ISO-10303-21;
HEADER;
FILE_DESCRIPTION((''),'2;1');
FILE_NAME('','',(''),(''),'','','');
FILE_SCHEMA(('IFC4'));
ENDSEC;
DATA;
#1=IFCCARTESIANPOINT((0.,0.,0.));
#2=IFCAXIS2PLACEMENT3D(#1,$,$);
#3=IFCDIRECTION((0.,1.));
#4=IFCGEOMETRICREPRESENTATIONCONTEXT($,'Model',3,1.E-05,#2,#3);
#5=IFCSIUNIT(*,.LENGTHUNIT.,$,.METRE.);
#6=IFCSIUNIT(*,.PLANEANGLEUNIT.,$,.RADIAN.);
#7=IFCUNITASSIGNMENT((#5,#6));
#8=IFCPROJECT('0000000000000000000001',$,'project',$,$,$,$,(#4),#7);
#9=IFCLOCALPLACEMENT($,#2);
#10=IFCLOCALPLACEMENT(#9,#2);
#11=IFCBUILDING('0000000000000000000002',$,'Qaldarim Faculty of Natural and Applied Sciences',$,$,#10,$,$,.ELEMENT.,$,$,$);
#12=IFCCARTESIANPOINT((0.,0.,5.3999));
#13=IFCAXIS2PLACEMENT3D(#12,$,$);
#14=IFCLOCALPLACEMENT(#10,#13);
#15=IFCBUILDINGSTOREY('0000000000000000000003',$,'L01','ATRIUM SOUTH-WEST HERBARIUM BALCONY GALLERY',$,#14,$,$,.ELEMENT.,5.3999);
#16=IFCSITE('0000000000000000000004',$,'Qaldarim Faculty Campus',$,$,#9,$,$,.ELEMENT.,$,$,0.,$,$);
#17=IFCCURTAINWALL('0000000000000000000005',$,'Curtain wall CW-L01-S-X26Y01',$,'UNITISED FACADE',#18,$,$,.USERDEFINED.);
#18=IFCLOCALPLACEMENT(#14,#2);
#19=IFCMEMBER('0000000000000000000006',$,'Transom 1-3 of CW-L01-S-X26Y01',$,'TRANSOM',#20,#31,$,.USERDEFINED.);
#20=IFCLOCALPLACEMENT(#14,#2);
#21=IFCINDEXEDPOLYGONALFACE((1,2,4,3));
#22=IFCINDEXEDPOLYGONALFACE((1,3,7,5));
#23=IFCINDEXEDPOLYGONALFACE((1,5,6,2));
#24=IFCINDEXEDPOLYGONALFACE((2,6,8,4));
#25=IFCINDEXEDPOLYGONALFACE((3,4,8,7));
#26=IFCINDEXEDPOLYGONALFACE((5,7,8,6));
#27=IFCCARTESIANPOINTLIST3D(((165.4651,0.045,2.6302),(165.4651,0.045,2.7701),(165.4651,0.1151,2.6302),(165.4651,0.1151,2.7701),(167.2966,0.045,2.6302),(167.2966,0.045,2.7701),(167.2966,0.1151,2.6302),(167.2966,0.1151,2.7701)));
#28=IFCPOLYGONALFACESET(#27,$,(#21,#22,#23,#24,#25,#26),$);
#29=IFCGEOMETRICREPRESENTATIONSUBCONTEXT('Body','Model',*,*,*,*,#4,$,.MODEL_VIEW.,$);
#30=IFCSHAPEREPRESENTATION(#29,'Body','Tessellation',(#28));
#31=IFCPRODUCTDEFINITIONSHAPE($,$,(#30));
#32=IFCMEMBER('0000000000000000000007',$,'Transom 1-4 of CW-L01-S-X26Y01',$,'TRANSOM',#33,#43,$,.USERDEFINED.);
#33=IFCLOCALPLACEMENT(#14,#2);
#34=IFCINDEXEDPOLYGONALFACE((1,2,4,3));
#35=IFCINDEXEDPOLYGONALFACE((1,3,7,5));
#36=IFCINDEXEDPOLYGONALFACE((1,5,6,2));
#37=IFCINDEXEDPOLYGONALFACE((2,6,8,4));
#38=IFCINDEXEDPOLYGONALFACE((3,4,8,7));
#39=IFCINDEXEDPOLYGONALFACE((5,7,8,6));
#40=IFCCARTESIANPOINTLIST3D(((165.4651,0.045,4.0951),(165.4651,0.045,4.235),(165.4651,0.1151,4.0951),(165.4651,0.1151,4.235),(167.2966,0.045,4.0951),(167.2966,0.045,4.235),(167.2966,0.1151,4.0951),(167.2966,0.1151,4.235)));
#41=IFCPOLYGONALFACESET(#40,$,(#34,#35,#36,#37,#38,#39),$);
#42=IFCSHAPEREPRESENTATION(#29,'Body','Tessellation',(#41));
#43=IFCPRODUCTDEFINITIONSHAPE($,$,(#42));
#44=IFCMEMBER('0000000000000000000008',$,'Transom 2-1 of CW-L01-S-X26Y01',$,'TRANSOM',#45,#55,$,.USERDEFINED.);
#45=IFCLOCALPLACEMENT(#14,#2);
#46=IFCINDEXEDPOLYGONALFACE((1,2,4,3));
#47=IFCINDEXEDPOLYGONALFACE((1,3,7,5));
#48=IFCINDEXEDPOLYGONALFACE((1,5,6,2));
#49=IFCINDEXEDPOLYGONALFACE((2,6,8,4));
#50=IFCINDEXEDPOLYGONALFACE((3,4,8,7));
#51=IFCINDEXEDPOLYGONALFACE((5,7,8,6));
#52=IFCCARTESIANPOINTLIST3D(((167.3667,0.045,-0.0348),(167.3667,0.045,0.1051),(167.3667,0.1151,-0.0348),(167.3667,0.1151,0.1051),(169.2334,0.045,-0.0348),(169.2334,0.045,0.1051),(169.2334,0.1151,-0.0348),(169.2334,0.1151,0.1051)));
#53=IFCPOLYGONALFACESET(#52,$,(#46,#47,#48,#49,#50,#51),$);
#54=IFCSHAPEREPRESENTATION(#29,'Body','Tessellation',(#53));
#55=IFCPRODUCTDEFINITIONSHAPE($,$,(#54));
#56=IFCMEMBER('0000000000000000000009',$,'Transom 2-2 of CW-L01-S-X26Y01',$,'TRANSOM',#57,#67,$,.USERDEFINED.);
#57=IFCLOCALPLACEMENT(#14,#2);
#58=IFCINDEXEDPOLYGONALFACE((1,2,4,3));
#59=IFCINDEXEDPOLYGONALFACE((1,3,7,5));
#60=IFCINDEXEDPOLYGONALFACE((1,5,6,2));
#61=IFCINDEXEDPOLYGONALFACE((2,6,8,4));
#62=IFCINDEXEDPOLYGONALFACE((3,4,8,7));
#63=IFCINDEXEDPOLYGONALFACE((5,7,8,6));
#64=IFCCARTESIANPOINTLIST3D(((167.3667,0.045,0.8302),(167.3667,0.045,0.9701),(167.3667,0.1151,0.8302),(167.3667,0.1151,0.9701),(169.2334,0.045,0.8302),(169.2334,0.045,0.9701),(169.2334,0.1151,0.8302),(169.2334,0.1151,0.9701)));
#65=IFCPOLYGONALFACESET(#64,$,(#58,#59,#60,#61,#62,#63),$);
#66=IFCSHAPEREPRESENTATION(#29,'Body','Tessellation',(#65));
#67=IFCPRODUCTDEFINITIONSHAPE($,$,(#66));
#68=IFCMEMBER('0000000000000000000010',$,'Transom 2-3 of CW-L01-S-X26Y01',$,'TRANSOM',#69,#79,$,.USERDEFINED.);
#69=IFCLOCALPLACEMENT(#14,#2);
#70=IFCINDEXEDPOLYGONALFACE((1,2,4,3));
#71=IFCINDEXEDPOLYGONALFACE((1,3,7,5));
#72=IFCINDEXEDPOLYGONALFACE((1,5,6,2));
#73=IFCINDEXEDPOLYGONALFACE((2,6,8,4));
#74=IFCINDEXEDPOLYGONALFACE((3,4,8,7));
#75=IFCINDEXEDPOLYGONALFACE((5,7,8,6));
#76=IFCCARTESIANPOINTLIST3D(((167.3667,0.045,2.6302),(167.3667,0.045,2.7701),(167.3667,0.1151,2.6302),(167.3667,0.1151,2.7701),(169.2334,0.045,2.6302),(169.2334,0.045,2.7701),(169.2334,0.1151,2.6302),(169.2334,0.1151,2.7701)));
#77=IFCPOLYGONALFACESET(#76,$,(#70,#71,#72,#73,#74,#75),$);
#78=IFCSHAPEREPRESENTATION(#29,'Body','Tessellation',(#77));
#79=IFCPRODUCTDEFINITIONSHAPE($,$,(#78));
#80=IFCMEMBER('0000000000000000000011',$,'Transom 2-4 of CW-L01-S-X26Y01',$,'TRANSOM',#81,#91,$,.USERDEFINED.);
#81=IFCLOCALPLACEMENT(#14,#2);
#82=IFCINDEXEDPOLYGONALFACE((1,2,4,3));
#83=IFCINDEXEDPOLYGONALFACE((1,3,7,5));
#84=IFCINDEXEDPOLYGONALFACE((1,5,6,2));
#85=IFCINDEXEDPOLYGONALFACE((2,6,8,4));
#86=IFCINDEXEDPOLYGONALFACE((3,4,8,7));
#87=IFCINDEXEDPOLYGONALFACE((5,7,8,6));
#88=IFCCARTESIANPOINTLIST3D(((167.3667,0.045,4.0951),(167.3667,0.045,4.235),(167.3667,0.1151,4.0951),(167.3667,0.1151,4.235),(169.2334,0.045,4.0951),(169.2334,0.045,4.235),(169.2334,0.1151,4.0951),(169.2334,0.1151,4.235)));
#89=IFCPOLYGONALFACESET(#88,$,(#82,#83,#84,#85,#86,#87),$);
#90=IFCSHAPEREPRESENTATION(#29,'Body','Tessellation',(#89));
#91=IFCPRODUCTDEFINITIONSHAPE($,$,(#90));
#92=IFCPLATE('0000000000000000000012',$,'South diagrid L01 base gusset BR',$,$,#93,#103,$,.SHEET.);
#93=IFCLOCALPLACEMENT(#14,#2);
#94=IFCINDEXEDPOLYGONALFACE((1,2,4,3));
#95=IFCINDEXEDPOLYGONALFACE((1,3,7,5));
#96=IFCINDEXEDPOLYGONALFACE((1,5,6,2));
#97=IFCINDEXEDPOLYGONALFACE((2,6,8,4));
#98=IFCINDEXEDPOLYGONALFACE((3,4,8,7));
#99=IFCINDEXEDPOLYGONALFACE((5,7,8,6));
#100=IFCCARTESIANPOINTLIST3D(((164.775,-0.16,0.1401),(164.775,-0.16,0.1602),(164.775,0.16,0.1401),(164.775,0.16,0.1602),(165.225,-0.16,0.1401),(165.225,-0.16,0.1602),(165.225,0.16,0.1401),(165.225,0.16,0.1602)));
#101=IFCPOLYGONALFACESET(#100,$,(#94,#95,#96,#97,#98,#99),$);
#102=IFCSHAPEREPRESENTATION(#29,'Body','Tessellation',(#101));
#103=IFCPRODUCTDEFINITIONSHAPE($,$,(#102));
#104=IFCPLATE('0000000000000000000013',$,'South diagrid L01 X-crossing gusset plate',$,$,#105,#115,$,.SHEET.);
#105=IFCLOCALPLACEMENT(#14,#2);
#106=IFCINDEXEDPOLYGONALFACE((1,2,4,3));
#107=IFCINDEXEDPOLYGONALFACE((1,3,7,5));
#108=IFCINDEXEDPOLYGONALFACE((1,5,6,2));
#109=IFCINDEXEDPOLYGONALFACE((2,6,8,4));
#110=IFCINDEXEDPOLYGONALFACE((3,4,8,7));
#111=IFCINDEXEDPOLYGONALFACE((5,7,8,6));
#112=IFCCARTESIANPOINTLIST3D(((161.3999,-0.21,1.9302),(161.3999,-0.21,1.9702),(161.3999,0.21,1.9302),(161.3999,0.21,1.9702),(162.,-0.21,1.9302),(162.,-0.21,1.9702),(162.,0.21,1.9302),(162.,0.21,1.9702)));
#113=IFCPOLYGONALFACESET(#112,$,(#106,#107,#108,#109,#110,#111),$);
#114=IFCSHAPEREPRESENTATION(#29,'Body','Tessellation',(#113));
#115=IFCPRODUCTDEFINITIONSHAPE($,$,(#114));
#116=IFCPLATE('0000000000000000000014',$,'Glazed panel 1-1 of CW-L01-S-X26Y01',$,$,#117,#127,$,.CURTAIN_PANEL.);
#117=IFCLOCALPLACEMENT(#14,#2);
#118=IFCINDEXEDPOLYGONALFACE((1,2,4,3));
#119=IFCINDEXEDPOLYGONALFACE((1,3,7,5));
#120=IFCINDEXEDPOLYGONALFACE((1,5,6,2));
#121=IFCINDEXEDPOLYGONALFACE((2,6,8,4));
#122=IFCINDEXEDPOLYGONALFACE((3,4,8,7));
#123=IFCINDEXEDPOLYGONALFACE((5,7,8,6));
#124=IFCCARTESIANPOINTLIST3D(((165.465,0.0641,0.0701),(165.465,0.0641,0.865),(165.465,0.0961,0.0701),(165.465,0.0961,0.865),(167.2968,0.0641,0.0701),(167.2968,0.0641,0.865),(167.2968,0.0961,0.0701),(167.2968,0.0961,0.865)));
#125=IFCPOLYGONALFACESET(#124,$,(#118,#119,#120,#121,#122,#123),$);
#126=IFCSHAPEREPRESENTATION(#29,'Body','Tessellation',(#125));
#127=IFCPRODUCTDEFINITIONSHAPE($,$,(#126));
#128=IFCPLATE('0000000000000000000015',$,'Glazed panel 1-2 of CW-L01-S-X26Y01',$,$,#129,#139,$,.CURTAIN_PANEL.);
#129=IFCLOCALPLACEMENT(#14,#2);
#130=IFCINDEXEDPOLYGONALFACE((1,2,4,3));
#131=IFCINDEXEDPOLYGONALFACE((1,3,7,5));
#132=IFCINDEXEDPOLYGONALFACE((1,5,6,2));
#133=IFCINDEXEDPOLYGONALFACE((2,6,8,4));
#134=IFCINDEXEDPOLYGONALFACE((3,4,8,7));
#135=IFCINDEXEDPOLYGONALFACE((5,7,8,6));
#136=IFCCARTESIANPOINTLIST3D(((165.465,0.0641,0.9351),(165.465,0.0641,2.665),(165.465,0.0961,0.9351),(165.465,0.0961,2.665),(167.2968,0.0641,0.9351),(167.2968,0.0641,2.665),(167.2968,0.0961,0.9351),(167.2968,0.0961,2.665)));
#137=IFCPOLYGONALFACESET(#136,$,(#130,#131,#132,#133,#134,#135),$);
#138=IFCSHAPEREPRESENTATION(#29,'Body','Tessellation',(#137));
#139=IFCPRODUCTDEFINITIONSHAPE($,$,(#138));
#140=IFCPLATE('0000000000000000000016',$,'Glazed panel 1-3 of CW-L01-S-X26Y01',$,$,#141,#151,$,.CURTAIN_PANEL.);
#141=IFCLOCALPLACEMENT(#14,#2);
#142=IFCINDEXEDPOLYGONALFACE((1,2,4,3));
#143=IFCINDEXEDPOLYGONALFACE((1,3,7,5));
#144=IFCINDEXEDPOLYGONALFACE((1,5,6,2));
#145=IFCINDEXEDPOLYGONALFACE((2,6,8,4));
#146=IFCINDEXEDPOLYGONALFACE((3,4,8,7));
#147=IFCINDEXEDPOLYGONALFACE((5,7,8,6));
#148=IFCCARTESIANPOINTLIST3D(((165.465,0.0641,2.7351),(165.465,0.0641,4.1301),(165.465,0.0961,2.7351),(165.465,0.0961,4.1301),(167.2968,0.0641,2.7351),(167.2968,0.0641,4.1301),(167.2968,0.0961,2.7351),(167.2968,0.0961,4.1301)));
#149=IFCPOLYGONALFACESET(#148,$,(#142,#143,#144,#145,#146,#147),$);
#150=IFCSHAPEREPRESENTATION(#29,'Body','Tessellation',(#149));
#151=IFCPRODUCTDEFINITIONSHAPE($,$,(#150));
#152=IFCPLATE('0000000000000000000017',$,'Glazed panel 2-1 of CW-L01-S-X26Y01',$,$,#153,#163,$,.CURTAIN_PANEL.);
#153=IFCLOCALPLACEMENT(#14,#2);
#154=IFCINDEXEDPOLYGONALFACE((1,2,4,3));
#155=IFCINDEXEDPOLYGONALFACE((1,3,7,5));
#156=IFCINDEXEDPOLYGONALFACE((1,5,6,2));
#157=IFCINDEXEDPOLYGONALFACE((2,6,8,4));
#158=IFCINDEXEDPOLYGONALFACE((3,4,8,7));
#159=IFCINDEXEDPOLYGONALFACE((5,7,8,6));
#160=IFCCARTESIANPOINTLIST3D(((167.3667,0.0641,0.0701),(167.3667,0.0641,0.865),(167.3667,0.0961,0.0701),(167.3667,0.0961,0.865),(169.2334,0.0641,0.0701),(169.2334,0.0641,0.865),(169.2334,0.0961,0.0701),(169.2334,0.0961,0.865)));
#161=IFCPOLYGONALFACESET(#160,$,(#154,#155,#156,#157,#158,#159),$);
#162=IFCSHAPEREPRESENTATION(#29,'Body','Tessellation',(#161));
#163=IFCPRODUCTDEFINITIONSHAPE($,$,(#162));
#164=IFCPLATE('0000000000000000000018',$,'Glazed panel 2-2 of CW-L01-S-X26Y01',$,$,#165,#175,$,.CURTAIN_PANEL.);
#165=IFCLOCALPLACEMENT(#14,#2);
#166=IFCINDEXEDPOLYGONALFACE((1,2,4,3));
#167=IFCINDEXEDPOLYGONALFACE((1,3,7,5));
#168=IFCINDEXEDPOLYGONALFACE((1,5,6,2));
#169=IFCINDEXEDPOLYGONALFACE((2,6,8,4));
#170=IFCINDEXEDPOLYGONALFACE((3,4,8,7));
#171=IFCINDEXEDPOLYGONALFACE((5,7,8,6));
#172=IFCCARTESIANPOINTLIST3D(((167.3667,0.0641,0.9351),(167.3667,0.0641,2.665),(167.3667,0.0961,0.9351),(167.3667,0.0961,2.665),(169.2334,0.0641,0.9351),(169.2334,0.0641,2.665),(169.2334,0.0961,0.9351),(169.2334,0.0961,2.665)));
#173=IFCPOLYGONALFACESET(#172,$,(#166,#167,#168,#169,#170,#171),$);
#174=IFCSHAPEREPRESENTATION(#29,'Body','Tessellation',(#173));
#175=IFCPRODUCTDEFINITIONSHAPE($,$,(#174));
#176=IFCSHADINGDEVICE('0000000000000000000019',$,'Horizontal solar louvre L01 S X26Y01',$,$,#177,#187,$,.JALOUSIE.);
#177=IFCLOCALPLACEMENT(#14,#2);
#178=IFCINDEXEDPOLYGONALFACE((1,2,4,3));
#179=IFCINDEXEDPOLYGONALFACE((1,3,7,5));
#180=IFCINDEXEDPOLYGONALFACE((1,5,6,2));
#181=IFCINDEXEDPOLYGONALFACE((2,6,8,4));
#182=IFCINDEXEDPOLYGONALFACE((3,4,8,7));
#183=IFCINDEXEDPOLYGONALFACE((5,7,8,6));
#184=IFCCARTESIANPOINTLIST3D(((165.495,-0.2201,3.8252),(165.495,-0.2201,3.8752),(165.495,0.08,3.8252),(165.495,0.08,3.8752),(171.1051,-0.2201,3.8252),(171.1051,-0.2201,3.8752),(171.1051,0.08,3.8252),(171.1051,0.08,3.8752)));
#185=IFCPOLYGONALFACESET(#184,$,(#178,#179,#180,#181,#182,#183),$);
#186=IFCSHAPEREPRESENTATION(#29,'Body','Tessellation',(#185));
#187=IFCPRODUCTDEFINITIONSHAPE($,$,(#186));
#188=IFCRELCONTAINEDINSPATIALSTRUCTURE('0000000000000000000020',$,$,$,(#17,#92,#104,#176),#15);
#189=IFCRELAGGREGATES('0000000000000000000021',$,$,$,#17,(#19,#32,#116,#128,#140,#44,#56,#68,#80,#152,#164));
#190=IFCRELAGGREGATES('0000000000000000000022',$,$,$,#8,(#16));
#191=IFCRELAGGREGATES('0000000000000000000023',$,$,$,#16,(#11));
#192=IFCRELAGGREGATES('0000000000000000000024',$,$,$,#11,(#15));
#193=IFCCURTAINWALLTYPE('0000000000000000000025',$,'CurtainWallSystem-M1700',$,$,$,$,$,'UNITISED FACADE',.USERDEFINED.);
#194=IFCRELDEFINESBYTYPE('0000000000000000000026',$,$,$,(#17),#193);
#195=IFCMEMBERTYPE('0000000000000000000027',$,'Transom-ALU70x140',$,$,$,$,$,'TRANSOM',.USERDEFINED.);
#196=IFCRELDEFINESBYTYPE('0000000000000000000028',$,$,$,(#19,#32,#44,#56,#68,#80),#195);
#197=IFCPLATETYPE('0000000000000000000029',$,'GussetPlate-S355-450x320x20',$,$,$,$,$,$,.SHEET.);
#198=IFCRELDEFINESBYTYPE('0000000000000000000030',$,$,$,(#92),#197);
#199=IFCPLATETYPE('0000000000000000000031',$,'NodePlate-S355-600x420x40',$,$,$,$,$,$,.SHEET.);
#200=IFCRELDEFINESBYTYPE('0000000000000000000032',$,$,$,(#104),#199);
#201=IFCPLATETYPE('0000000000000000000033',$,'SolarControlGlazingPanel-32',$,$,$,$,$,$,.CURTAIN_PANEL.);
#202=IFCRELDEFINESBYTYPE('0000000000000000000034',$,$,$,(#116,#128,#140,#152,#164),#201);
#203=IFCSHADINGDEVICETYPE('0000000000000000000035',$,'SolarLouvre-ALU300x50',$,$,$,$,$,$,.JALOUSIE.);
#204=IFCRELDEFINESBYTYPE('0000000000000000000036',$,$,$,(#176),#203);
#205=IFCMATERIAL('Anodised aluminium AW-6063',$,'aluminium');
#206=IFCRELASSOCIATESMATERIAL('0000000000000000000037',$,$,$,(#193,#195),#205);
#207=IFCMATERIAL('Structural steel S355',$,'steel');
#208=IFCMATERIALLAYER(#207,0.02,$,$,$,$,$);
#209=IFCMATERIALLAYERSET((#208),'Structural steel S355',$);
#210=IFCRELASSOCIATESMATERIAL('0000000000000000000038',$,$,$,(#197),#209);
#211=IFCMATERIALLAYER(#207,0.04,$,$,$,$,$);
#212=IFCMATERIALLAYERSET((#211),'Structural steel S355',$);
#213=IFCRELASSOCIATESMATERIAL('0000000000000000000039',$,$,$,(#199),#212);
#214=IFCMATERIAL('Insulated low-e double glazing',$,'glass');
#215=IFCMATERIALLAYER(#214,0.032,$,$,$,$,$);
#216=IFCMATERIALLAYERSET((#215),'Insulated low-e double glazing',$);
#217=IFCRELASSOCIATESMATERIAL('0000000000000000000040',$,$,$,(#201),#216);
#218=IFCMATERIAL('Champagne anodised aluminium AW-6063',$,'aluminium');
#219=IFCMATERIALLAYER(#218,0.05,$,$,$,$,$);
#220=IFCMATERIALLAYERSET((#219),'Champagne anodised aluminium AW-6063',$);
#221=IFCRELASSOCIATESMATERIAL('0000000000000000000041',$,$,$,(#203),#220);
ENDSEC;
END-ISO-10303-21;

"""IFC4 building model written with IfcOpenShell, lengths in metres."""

from ifc_helpers import new_model, si_unit, direction, frame, origin, origin_2d, place, context, subcontext, project, spatial, rectangle, extrude, material, layer, layer_set, material_profile, profile_set, type_object, element, aggregate, save


model = new_model("IFC4")

# Units and contexts
model_context = context("Model", 3, precision=1e-05, world=origin(), true_north=direction((0.0, 1.0)))
body_context = subcontext(model_context, "Body", "Model", "MODEL_VIEW")
ifc_project = project(units=[si_unit("LENGTHUNIT", "METRE"), si_unit("PLANEANGLEUNIT", "RADIAN")], contexts=[model_context])

# Site, building, storey
site_placement = place(None, origin())
site = spatial("IfcSite", under=ifc_project, at=site_placement, Name="Qaldarim Faculty Campus", CompositionType="ELEMENT", RefElevation=0.0)
building_placement = place(site_placement, origin())
building = spatial("IfcBuilding", under=site, at=building_placement, Name="Qaldarim Faculty of Natural and Applied Sciences", CompositionType="ELEMENT")
storey_placement = place(building_placement, frame((0.0, 0.0, 5.3999)))
storey = spatial("IfcBuildingStorey", under=building, at=storey_placement, Name="L01", Description="ATRIUM SOUTH-WEST HERBARIUM BALCONY GALLERY", CompositionType="ELEMENT", Elevation=5.3999)

# Shared definitions
ifc_material_1 = material(Name="Structural steel S355", Category="steel")

# Curtain wall
ifc_material_2 = material(Name="Anodised aluminium AW-6063", Category="aluminium")
curtain_wall_type = type_object("IfcCurtainWallType", Name="CurtainWallSystem-M1700", ElementType="UNITISED FACADE", PredefinedType="USERDEFINED", material=ifc_material_2)
curtain_wall_placement = place(storey_placement, origin())
curtain_wall = element("IfcCurtainWall", 1, at=curtain_wall_placement, inside=storey, type_object=curtain_wall_type, Name="Curtain wall CW-L01-S-X26Y01", ObjectType="UNITISED FACADE", PredefinedType="USERDEFINED")

# Members
ifc_material_profile_1 = material_profile(ifc_material_2, rectangle(XDim=0.0701, YDim=0.1399, at=origin_2d()), Name="ALU-T70x140")
ifc_profile_set_1 = profile_set([ifc_material_profile_1], Name="Anodised aluminium AW-6063")
member_type_1 = type_object("IfcMemberType", Name="Transom-ALU70x140", ElementType="TRANSOM", PredefinedType="USERDEFINED", material=ifc_profile_set_1)
member_1_placement = place(storey_placement, frame((165.4651, 0.0801, 2.7002), z_axis=(1.0, 0.0, 0.0), x_axis=(0.0, 1.0, 0.0)))
member_1 = element("IfcMember", 2, at=member_1_placement, type_object=member_type_1, Name="Transom 1-3 of CW-L01-S-X26Y01", ObjectType="TRANSOM", PredefinedType="USERDEFINED", context=body_context, shape_type="SweptSolid", body=[
    extrude(rectangle(XDim=0.0701, YDim=0.1399, at=origin_2d()), origin(), (0.0, 0.0, 1.0), 1.8315),
])
member_2_placement = place(storey_placement, frame((165.4651, 0.0801, 4.165), z_axis=(1.0, 0.0, 0.0), x_axis=(0.0, 1.0, 0.0)))
member_2 = element("IfcMember", 3, at=member_2_placement, type_object=member_type_1, Name="Transom 1-4 of CW-L01-S-X26Y01", ObjectType="TRANSOM", PredefinedType="USERDEFINED", context=body_context, shape_type="SweptSolid", body=[
    extrude(rectangle(XDim=0.0701, YDim=0.1399, at=origin_2d()), origin(), (0.0, 0.0, 1.0), 1.8315),
])
member_3_placement = place(storey_placement, frame((167.3667, 0.0801, 0.0352), z_axis=(1.0, 0.0, 0.0), x_axis=(0.0, 1.0, 0.0)))
member_3 = element("IfcMember", 4, at=member_3_placement, type_object=member_type_1, Name="Transom 2-1 of CW-L01-S-X26Y01", ObjectType="TRANSOM", PredefinedType="USERDEFINED", context=body_context, shape_type="SweptSolid", body=[
    extrude(rectangle(XDim=0.0701, YDim=0.1399, at=origin_2d()), origin(), (0.0, 0.0, 1.0), 1.8667),
])
member_4_placement = place(storey_placement, frame((167.3667, 0.0801, 0.9001), z_axis=(1.0, 0.0, 0.0), x_axis=(0.0, 1.0, 0.0)))
member_4 = element("IfcMember", 5, at=member_4_placement, type_object=member_type_1, Name="Transom 2-2 of CW-L01-S-X26Y01", ObjectType="TRANSOM", PredefinedType="USERDEFINED", context=body_context, shape_type="SweptSolid", body=[
    extrude(rectangle(XDim=0.0701, YDim=0.1399, at=origin_2d()), origin(), (0.0, 0.0, 1.0), 1.8667),
])
member_5_placement = place(storey_placement, frame((167.3667, 0.0801, 2.7002), z_axis=(1.0, 0.0, 0.0), x_axis=(0.0, 1.0, 0.0)))
member_5 = element("IfcMember", 6, at=member_5_placement, type_object=member_type_1, Name="Transom 2-3 of CW-L01-S-X26Y01", ObjectType="TRANSOM", PredefinedType="USERDEFINED", context=body_context, shape_type="SweptSolid", body=[
    extrude(rectangle(XDim=0.0701, YDim=0.1399, at=origin_2d()), origin(), (0.0, 0.0, 1.0), 1.8667),
])
member_6_placement = place(storey_placement, frame((167.3667, 0.0801, 4.165), z_axis=(1.0, 0.0, 0.0), x_axis=(0.0, 1.0, 0.0)))
member_6 = element("IfcMember", 7, at=member_6_placement, type_object=member_type_1, Name="Transom 2-4 of CW-L01-S-X26Y01", ObjectType="TRANSOM", PredefinedType="USERDEFINED", context=body_context, shape_type="SweptSolid", body=[
    extrude(rectangle(XDim=0.0701, YDim=0.1399, at=origin_2d()), origin(), (0.0, 0.0, 1.0), 1.8667),
])

# Plates
ifc_layer_1 = layer(ifc_material_1, 0.02)
ifc_layer_set_1 = layer_set([ifc_layer_1], Name="Structural steel S355")
plate_type_1 = type_object("IfcPlateType", Name="GussetPlate-S355-450x320x20", PredefinedType="SHEET", material=ifc_layer_set_1)
plate_1_placement = place(storey_placement, frame((165.0, 0.0, 0.1401), z_axis=(0.0, 0.0, 1.0), x_axis=(1.0, 0.0, 0.0)))
element("IfcPlate", 8, at=plate_1_placement, inside=storey, type_object=plate_type_1, Name="South diagrid L01 base gusset BR", PredefinedType="SHEET", context=body_context, shape_type="SweptSolid", body=[
    extrude(rectangle(XDim=0.45, YDim=0.3201, at=origin_2d()), origin(), (0.0, 0.0, 1.0), 0.02),
])
ifc_layer_2 = layer(ifc_material_1, 0.04)
ifc_layer_set_2 = layer_set([ifc_layer_2], Name="Structural steel S355")
plate_type_2 = type_object("IfcPlateType", Name="NodePlate-S355-600x420x40", PredefinedType="SHEET", material=ifc_layer_set_2)
plate_2_placement = place(storey_placement, frame((161.7, 0.0, 1.9302), z_axis=(0.0, 0.0, 1.0), x_axis=(1.0, 0.0, 0.0)))
element("IfcPlate", 9, at=plate_2_placement, inside=storey, type_object=plate_type_2, Name="South diagrid L01 X-crossing gusset plate", PredefinedType="SHEET", context=body_context, shape_type="SweptSolid", body=[
    extrude(rectangle(XDim=0.6001, YDim=0.4199, at=origin_2d()), origin(), (0.0, 0.0, 1.0), 0.04),
])

# Plates
ifc_material_3 = material(Name="Insulated low-e double glazing", Category="glass")
ifc_layer_3 = layer(ifc_material_3, 0.032)
ifc_layer_set_3 = layer_set([ifc_layer_3], Name="Insulated low-e double glazing")
plate_type_3 = type_object("IfcPlateType", Name="SolarControlGlazingPanel-32", PredefinedType="CURTAIN_PANEL", material=ifc_layer_set_3)
plate_3_placement = place(storey_placement, frame((166.3809, 0.0801, 0.0701), z_axis=(0.0, 0.0, 1.0), x_axis=(1.0, 0.0, 0.0)))
plate_3 = element("IfcPlate", 10, at=plate_3_placement, type_object=plate_type_3, Name="Glazed panel 1-1 of CW-L01-S-X26Y01", PredefinedType="CURTAIN_PANEL", context=body_context, shape_type="SweptSolid", body=[
    extrude(rectangle(XDim=1.8318, YDim=0.032, at=origin_2d()), origin(), (0.0, 0.0, 1.0), 0.7949),
])
plate_4_placement = place(storey_placement, frame((166.3809, 0.0801, 0.9351), z_axis=(0.0, 0.0, 1.0), x_axis=(1.0, 0.0, 0.0)))
plate_4 = element("IfcPlate", 11, at=plate_4_placement, type_object=plate_type_3, Name="Glazed panel 1-2 of CW-L01-S-X26Y01", PredefinedType="CURTAIN_PANEL", context=body_context, shape_type="SweptSolid", body=[
    extrude(rectangle(XDim=1.8318, YDim=0.032, at=origin_2d()), origin(), (0.0, 0.0, 1.0), 1.73),
])
plate_5_placement = place(storey_placement, frame((166.3809, 0.0801, 2.7351), z_axis=(0.0, 0.0, 1.0), x_axis=(1.0, 0.0, 0.0)))
plate_5 = element("IfcPlate", 12, at=plate_5_placement, type_object=plate_type_3, Name="Glazed panel 1-3 of CW-L01-S-X26Y01", PredefinedType="CURTAIN_PANEL", context=body_context, shape_type="SweptSolid", body=[
    extrude(rectangle(XDim=1.8318, YDim=0.032, at=origin_2d()), origin(), (0.0, 0.0, 1.0), 1.395),
])
plate_6_placement = place(storey_placement, frame((168.3, 0.0801, 0.0701), z_axis=(0.0, 0.0, 1.0), x_axis=(1.0, 0.0, 0.0)))
plate_6 = element("IfcPlate", 13, at=plate_6_placement, type_object=plate_type_3, Name="Glazed panel 2-1 of CW-L01-S-X26Y01", PredefinedType="CURTAIN_PANEL", context=body_context, shape_type="SweptSolid", body=[
    extrude(rectangle(XDim=1.8667, YDim=0.032, at=origin_2d()), origin(), (0.0, 0.0, 1.0), 0.7949),
])
plate_7_placement = place(storey_placement, frame((168.3, 0.0801, 0.9351), z_axis=(0.0, 0.0, 1.0), x_axis=(1.0, 0.0, 0.0)))
plate_7 = element("IfcPlate", 14, at=plate_7_placement, type_object=plate_type_3, Name="Glazed panel 2-2 of CW-L01-S-X26Y01", PredefinedType="CURTAIN_PANEL", context=body_context, shape_type="SweptSolid", body=[
    extrude(rectangle(XDim=1.8667, YDim=0.032, at=origin_2d()), origin(), (0.0, 0.0, 1.0), 1.73),
])
aggregate(curtain_wall, [member_1, member_2, plate_3, plate_4, plate_5, member_3, member_4, member_5, member_6, plate_6, plate_7])

# Shading device
ifc_material_4 = material(Name="Champagne anodised aluminium AW-6063", Category="aluminium")
ifc_layer_4 = layer(ifc_material_4, 0.05)
ifc_layer_set_4 = layer_set([ifc_layer_4], Name="Champagne anodised aluminium AW-6063")
shading_device_type = type_object("IfcShadingDeviceType", Name="SolarLouvre-ALU300x50", PredefinedType="JALOUSIE", material=ifc_layer_set_4)
shading_device_placement = place(storey_placement, frame((168.3, -0.0701, 3.8252), z_axis=(0.0, 0.0, 1.0), x_axis=(1.0, 0.0, 0.0)))
element("IfcShadingDevice", 15, at=shading_device_placement, inside=storey, type_object=shading_device_type, Name="Horizontal solar louvre L01 S X26Y01", PredefinedType="JALOUSIE", context=body_context, shape_type="SweptSolid", body=[
    extrude(rectangle(XDim=5.6101, YDim=0.3, at=origin_2d()), origin(), (0.0, 0.0, 1.0), 0.05),
])

save(model, "model.ifc")
